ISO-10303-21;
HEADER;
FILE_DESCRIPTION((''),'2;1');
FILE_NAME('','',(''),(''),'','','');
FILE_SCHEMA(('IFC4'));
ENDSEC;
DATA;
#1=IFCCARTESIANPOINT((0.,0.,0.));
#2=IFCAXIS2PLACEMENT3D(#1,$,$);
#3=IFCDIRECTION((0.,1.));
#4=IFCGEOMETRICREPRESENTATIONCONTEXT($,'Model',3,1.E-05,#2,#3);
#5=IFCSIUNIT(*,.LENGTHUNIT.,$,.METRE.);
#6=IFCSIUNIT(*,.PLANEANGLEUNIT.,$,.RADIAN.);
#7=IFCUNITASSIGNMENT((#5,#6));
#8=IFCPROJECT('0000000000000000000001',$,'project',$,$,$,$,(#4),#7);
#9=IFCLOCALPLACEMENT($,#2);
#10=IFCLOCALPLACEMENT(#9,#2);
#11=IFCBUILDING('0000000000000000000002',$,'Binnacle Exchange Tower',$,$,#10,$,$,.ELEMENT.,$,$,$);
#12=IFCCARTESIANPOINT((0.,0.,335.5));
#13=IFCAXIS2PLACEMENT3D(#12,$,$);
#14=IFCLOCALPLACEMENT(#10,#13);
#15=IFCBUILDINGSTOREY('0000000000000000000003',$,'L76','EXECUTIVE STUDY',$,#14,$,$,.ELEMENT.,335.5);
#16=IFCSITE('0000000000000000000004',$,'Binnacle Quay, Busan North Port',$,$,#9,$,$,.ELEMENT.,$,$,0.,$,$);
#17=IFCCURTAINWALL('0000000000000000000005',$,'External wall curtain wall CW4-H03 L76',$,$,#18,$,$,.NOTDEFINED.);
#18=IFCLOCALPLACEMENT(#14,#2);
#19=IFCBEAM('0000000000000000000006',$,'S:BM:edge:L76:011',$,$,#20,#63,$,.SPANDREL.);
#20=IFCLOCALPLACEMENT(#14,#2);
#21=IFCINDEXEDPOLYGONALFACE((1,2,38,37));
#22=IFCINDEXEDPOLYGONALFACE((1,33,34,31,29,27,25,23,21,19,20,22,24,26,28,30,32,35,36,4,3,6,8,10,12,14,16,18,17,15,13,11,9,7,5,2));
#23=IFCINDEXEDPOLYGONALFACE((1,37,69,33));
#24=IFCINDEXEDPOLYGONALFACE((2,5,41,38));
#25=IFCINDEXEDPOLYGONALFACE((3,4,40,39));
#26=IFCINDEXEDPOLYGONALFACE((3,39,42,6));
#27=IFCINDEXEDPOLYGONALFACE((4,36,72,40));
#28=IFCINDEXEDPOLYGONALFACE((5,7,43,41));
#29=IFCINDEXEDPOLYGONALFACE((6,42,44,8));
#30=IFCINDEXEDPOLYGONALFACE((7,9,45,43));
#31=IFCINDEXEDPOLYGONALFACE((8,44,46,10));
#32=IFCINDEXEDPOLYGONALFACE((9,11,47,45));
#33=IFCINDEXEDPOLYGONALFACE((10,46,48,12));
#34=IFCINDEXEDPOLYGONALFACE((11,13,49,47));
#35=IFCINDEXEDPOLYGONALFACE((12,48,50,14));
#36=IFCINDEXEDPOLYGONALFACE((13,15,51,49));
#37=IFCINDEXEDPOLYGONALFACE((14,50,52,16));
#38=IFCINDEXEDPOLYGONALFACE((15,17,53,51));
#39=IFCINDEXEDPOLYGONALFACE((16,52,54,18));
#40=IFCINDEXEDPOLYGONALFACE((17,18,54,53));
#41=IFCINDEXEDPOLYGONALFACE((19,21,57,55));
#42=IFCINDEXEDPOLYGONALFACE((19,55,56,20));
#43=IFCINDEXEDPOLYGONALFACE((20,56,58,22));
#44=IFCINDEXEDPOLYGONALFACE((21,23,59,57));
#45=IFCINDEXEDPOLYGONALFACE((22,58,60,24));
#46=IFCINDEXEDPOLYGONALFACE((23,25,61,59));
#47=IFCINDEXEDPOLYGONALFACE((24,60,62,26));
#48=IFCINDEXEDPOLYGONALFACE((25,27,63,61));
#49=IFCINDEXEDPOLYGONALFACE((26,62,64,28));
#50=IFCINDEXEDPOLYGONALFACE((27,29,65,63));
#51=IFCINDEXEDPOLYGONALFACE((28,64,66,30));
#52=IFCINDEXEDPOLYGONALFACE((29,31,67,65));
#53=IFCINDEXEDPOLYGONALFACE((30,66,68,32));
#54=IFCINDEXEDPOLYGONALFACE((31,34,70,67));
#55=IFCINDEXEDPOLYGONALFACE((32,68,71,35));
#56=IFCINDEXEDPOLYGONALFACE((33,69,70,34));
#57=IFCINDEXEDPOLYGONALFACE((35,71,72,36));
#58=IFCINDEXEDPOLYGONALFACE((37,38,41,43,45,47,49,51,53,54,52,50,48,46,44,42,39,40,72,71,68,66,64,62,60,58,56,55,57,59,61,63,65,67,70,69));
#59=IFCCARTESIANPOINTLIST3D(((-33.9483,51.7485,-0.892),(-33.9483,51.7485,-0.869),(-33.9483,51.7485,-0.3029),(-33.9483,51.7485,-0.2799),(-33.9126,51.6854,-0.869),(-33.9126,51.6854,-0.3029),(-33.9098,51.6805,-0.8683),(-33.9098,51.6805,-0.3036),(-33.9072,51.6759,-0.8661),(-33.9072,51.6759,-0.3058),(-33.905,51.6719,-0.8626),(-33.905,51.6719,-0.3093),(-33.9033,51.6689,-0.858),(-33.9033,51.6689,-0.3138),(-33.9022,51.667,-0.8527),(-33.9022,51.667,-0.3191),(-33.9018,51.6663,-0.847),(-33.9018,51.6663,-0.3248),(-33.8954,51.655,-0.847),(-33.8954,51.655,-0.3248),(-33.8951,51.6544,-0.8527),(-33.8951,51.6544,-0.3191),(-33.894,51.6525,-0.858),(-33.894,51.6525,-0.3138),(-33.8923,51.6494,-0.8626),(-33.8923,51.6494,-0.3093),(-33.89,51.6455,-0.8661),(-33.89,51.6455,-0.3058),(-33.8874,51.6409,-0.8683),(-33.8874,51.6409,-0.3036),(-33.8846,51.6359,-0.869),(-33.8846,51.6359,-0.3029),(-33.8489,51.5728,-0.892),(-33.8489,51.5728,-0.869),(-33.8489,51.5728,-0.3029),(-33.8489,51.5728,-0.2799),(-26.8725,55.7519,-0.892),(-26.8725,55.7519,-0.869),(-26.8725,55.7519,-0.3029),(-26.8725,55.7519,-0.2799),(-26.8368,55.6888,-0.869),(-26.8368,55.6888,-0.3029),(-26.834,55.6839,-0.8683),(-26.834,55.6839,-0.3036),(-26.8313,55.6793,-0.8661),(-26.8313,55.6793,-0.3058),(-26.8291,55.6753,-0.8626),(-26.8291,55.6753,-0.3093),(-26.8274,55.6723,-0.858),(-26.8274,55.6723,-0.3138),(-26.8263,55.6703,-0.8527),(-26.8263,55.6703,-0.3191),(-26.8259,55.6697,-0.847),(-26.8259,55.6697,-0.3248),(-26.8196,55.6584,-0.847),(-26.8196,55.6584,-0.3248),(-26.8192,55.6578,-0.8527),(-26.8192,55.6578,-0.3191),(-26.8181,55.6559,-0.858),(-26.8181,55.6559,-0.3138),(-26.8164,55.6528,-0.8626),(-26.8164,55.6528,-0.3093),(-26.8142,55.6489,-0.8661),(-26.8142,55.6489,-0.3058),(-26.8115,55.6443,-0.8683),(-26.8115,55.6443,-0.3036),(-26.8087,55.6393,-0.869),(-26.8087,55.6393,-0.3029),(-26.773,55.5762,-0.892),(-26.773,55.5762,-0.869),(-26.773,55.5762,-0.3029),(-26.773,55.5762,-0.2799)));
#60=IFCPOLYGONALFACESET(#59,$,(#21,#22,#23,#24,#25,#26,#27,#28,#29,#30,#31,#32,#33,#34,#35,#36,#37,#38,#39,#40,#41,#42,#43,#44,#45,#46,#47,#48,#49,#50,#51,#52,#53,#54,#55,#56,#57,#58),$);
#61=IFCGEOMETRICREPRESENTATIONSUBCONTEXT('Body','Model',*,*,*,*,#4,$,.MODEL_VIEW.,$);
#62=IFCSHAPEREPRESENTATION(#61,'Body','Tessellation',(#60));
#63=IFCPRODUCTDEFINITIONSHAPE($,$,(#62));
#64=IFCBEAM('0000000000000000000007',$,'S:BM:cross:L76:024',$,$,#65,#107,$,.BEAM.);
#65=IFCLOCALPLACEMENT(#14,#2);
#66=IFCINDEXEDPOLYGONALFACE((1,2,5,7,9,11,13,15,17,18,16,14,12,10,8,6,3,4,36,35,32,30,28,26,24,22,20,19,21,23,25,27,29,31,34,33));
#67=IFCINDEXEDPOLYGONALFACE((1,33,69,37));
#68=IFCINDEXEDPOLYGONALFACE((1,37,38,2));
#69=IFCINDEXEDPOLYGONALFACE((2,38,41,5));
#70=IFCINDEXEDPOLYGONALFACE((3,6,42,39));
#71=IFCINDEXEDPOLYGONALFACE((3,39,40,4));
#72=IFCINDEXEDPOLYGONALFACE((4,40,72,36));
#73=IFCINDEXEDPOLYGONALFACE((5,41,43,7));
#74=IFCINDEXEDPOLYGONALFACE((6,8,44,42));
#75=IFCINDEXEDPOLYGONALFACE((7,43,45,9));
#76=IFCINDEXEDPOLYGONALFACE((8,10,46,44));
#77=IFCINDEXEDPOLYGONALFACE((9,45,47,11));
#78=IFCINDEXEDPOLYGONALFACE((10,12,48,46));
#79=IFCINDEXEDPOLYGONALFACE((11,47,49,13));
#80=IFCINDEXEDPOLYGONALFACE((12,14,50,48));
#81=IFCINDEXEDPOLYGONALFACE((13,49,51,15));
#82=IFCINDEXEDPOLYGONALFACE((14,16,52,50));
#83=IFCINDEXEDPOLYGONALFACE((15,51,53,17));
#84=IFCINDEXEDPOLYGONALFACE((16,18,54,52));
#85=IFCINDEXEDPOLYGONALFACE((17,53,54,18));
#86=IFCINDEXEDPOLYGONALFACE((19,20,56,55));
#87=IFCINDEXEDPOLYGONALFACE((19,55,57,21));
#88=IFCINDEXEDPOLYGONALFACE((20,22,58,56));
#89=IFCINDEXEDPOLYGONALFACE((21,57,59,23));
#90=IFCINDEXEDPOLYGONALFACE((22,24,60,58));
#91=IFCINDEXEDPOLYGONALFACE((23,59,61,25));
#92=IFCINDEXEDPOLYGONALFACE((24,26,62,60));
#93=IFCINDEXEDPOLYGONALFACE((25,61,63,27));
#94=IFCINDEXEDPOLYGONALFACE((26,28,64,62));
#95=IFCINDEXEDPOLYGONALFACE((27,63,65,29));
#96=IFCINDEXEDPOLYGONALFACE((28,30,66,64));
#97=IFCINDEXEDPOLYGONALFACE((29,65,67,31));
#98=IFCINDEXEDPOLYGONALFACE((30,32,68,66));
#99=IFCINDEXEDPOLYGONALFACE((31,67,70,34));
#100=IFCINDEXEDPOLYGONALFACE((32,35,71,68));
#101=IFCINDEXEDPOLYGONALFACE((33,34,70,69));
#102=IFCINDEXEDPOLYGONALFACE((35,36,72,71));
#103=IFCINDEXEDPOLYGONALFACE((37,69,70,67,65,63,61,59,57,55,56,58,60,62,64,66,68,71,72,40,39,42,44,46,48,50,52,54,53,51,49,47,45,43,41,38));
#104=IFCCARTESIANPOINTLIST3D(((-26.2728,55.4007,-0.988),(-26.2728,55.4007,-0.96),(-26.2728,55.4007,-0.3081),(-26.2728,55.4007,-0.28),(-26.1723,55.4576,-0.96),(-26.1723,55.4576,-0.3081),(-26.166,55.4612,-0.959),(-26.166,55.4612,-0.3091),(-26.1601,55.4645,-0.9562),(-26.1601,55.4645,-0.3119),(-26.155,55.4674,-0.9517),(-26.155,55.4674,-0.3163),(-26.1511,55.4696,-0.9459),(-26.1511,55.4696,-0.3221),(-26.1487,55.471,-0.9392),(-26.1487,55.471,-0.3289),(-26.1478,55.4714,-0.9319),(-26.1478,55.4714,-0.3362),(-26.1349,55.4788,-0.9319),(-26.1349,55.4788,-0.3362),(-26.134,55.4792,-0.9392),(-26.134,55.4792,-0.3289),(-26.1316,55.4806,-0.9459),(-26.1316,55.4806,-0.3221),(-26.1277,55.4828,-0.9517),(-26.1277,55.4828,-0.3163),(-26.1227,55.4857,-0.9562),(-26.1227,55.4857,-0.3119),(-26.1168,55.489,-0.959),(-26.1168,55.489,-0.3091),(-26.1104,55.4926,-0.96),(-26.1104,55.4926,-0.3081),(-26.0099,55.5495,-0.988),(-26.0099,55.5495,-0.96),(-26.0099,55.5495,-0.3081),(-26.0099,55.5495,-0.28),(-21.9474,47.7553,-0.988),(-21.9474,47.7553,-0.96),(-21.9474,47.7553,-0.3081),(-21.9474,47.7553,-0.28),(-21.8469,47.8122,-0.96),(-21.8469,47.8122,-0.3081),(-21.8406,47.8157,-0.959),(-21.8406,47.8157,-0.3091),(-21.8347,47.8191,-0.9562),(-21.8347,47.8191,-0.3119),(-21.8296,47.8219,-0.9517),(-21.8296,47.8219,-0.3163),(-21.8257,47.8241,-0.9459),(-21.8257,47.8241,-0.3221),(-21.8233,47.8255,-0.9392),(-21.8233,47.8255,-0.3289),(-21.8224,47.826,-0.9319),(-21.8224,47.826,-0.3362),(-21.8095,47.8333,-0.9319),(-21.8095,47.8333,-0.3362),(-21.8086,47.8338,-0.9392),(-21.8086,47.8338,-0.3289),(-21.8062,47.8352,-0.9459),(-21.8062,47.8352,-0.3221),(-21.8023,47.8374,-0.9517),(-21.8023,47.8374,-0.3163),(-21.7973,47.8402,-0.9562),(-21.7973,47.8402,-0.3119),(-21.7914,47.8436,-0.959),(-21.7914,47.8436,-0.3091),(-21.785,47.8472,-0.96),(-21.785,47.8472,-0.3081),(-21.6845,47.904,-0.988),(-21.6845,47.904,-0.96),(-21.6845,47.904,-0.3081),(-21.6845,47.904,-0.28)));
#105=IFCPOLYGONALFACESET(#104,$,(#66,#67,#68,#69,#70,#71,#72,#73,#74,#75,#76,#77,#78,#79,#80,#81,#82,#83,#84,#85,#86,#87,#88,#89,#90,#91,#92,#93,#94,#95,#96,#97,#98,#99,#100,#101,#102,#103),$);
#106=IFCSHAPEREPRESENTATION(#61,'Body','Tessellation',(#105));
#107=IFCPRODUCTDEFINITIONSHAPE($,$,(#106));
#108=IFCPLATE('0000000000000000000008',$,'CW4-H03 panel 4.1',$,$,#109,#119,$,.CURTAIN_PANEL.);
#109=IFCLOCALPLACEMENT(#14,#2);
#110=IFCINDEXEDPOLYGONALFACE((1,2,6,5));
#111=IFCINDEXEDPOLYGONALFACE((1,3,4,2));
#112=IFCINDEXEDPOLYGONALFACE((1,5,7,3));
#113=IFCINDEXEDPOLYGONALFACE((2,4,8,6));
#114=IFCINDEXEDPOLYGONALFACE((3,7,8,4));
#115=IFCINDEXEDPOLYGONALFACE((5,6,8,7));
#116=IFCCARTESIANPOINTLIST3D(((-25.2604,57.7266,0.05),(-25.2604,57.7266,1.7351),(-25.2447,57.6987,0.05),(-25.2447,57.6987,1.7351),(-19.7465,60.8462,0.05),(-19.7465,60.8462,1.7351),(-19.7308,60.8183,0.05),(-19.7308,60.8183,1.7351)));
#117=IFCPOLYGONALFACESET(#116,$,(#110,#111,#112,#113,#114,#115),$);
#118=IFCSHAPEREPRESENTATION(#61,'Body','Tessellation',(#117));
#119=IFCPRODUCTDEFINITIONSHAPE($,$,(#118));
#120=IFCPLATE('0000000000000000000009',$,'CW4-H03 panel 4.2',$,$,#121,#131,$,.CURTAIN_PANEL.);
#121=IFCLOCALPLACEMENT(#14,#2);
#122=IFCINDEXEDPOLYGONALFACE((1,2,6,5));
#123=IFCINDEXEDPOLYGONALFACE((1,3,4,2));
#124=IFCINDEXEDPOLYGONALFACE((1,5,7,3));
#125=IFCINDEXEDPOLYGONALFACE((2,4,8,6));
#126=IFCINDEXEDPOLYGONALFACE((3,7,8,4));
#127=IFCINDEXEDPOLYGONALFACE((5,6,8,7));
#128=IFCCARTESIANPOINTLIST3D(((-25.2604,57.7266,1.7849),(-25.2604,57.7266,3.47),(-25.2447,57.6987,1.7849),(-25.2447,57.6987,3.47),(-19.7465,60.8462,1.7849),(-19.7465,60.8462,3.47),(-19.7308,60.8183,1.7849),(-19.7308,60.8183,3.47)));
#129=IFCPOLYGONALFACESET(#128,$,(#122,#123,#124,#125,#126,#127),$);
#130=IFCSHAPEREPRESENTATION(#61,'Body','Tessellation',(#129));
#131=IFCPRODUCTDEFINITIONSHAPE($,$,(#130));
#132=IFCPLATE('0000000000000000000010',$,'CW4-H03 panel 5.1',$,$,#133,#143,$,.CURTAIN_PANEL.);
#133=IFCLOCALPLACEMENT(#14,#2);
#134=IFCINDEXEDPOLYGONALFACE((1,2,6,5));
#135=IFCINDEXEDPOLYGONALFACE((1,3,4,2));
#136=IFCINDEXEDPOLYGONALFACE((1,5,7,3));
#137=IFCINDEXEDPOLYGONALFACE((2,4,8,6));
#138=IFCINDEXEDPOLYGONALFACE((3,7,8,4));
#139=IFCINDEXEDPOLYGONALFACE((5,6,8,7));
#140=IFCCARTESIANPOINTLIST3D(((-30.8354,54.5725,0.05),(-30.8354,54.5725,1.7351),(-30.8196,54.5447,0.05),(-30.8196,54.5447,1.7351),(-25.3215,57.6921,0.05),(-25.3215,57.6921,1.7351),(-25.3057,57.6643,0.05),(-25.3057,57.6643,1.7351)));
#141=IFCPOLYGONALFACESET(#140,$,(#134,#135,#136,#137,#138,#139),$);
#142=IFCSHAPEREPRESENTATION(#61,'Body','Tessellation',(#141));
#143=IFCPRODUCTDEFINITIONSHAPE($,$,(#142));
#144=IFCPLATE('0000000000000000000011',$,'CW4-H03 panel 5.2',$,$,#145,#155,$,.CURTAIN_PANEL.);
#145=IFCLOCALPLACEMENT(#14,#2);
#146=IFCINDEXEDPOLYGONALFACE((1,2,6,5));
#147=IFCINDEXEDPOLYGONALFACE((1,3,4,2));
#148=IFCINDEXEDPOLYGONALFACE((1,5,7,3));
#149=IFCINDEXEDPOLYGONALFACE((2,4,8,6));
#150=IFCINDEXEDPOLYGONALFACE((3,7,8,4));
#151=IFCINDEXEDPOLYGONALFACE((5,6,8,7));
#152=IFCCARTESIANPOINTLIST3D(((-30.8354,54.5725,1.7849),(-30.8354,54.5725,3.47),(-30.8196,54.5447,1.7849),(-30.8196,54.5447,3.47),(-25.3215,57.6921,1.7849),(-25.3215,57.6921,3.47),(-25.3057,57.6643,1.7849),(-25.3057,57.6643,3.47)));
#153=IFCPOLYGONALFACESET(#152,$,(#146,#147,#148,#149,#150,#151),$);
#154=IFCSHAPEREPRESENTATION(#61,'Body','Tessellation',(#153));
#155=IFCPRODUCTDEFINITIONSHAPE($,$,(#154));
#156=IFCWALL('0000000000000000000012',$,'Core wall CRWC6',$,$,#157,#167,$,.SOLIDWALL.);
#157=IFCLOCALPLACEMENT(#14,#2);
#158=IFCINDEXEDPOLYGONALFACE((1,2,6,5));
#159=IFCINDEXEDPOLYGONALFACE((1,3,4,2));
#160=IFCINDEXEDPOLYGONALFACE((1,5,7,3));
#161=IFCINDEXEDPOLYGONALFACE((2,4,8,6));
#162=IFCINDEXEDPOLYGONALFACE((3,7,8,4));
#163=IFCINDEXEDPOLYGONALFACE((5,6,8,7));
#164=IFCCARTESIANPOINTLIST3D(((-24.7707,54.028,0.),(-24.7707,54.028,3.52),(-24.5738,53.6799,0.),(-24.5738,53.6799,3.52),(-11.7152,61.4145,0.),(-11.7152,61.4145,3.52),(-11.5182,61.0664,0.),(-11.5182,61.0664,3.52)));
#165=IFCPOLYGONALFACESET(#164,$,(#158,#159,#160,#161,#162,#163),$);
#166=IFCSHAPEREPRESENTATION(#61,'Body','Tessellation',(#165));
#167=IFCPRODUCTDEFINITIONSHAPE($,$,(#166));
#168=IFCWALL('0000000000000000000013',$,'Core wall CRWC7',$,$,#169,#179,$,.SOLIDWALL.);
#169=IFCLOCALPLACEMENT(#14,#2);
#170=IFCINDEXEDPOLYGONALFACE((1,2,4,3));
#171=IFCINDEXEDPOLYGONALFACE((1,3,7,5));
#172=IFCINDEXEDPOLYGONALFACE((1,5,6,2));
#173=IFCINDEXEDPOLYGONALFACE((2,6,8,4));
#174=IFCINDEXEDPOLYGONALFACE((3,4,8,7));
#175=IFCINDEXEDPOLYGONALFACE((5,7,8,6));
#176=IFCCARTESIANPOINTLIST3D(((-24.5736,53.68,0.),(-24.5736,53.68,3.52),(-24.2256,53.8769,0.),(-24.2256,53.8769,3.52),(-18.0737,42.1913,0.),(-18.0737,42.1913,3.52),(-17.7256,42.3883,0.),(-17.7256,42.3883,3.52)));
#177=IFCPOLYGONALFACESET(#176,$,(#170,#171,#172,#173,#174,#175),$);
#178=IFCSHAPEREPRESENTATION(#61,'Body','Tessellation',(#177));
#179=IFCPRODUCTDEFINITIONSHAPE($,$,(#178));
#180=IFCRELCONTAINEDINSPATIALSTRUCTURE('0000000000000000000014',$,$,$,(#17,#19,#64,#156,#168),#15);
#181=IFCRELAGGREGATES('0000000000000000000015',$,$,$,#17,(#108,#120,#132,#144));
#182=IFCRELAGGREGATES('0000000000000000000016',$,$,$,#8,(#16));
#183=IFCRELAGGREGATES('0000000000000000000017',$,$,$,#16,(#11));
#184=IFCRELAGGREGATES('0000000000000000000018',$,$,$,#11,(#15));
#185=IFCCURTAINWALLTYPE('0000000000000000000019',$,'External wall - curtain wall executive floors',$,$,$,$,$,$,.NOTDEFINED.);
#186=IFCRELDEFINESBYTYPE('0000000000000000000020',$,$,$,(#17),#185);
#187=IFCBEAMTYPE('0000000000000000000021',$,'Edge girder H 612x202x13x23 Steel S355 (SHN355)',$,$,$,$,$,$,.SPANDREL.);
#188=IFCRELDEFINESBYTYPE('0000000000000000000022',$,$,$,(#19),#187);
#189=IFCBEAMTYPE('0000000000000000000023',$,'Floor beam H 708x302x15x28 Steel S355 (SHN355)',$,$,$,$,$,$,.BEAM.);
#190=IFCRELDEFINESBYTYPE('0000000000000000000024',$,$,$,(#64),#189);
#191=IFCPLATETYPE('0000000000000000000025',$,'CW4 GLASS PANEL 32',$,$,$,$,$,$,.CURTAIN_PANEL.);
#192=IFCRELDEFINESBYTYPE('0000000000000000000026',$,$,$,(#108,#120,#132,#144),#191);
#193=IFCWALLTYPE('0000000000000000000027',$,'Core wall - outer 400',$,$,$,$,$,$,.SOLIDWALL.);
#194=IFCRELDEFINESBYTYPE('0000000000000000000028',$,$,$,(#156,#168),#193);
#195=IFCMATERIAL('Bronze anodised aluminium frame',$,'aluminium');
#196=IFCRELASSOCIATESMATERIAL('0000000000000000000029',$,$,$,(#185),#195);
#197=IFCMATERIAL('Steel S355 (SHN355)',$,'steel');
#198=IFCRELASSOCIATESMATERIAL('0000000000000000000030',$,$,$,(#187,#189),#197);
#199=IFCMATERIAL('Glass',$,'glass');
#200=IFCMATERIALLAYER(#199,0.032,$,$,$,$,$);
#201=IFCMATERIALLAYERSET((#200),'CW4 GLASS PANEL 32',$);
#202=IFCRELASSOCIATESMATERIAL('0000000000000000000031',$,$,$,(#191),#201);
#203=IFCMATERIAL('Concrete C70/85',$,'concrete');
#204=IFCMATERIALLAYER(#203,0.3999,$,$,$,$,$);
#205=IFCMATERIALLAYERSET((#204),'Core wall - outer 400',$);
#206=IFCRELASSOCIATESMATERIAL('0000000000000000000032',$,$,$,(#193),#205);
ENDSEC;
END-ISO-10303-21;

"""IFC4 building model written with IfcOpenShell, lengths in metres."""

from ifc_helpers import new_model, si_unit, direction, frame, frame_2d, origin, origin_2d, place, context, subcontext, project, spatial, rectangle, i_section, extrude, material, layer, layer_set, material_profile, profile_set, type_object, element, aggregate, save


model = new_model("IFC4")

# Units and contexts
model_context = context("Model", 3, precision=1e-05, world=origin(), true_north=direction((0.0, 1.0)))
body_context = subcontext(model_context, "Body", "Model", "MODEL_VIEW")
ifc_project = project(units=[si_unit("LENGTHUNIT", "METRE"), si_unit("PLANEANGLEUNIT", "RADIAN")], contexts=[model_context])

# Site, building, storey
site_placement = place(None, origin())
site = spatial("IfcSite", under=ifc_project, at=site_placement, Name="Binnacle Quay, Busan North Port", CompositionType="ELEMENT", RefElevation=0.0)
building_placement = place(site_placement, origin())
building = spatial("IfcBuilding", under=site, at=building_placement, Name="Binnacle Exchange Tower", CompositionType="ELEMENT")
storey_placement = place(building_placement, frame((0.0, 0.0, 335.5)))
storey = spatial("IfcBuildingStorey", under=building, at=storey_placement, Name="L76", Description="EXECUTIVE STUDY", CompositionType="ELEMENT", Elevation=335.5)

# Curtain wall
ifc_material_1 = material(Name="Bronze anodised aluminium frame", Category="aluminium")
curtain_wall_type = type_object("IfcCurtainWallType", Name="External wall - curtain wall executive floors", PredefinedType="NOTDEFINED", material=ifc_material_1)
curtain_wall_placement = place(storey_placement, origin())
curtain_wall = element("IfcCurtainWall", 1, at=curtain_wall_placement, inside=storey, type_object=curtain_wall_type, Name="External wall curtain wall CW4-H03 L76", PredefinedType="NOTDEFINED")

# Beams
ifc_material_2 = material(Name="Steel S355 (SHN355)", Category="steel")
ifc_material_profile_1 = material_profile(ifc_material_2, i_section(OverallWidth=0.2019, OverallDepth=0.6121, WebThickness=0.0129, FlangeThickness=0.0229, FilletRadius=0.022, at=origin_2d()), Name="H 612x202x13x23")
ifc_profile_set_1 = profile_set([ifc_material_profile_1], Name="Steel S355 (SHN355)")
beam_type_1 = type_object("IfcBeamType", Name="Edge girder H 612x202x13x23 Steel S355 (SHN355)", PredefinedType="SPANDREL", material=ifc_profile_set_1)
beam_1_placement = place(storey_placement, frame((-26.8228, 55.6641, -0.5859), z_axis=(-0.870353, -0.492428, 0.0), x_axis=(0.492428, -0.870353, 0.0)))
element("IfcBeam", 2, at=beam_1_placement, inside=storey, type_object=beam_type_1, Name="S:BM:edge:L76:011", PredefinedType="SPANDREL", context=body_context, shape_type="SweptSolid", body=[
    extrude(i_section(OverallWidth=0.2019, OverallDepth=0.6121, WebThickness=0.0129, FlangeThickness=0.0229, FilletRadius=0.022, at=origin_2d()), origin(), (0.0, 0.0, 1.0), 8.1299),
])
ifc_material_profile_2 = material_profile(ifc_material_2, i_section(OverallWidth=0.302, OverallDepth=0.708, WebThickness=0.0149, FlangeThickness=0.0281, FilletRadius=0.0281, at=origin_2d()), Name="H 708x302x15x28")
ifc_profile_set_2 = profile_set([ifc_material_profile_2], Name="Steel S355 (SHN355)")
beam_type_2 = type_object("IfcBeamType", Name="Floor beam H 708x302x15x28 Steel S355 (SHN355)", PredefinedType="BEAM", material=ifc_profile_set_2)
beam_2_placement = place(storey_placement, frame((-26.1414, 55.4751, -0.634), z_axis=(0.492408, -0.870365, 0.0), x_axis=(0.870365, 0.492408, 0.0)))
element("IfcBeam", 3, at=beam_2_placement, inside=storey, type_object=beam_type_2, Name="S:BM:cross:L76:024", PredefinedType="BEAM", context=body_context, shape_type="SweptSolid", body=[
    extrude(i_section(OverallWidth=0.302, OverallDepth=0.708, WebThickness=0.0149, FlangeThickness=0.0281, FilletRadius=0.0281, at=origin_2d()), origin(), (0.0, 0.0, 1.0), 8.7842),
])

# Plates
ifc_material_3 = material(Name="Glass", Category="glass")
ifc_layer_1 = layer(ifc_material_3, 0.032)
ifc_layer_set_1 = layer_set([ifc_layer_1], Name="CW4 GLASS PANEL 32")
plate_type = type_object("IfcPlateType", Name="CW4 GLASS PANEL 32", PredefinedType="CURTAIN_PANEL", material=ifc_layer_set_1)
plate_1_placement = place(storey_placement, frame((-22.4956, 59.2725, 0.05), z_axis=(0.0, 0.0, 1.0), x_axis=(-0.870356, -0.492424, 0.0)))
plate_1 = element("IfcPlate", 4, at=plate_1_placement, type_object=plate_type, Name="CW4-H03 panel 4.1", PredefinedType="CURTAIN_PANEL", context=body_context, shape_type="SweptSolid", body=[
    extrude(rectangle(XDim=6.3352, YDim=0.032, at=origin_2d()), origin(), (0.0, 0.0, 1.0), 1.6851),
])
plate_2_placement = place(storey_placement, frame((-22.4956, 59.2725, 1.7849), z_axis=(0.0, 0.0, 1.0), x_axis=(-0.870356, -0.492424, 0.0)))
plate_2 = element("IfcPlate", 5, at=plate_2_placement, type_object=plate_type, Name="CW4-H03 panel 4.2", PredefinedType="CURTAIN_PANEL", context=body_context, shape_type="SweptSolid", body=[
    extrude(rectangle(XDim=6.3352, YDim=0.032, at=origin_2d()), origin(), (0.0, 0.0, 1.0), 1.6851),
])
plate_3_placement = place(storey_placement, frame((-28.0706, 56.1184, 0.05), z_axis=(0.0, 0.0, 1.0), x_axis=(-0.870356, -0.492424, 0.0)))
plate_3 = element("IfcPlate", 6, at=plate_3_placement, type_object=plate_type, Name="CW4-H03 panel 5.1", PredefinedType="CURTAIN_PANEL", context=body_context, shape_type="SweptSolid", body=[
    extrude(rectangle(XDim=6.3352, YDim=0.032, at=origin_2d()), origin(), (0.0, 0.0, 1.0), 1.6851),
])
plate_4_placement = place(storey_placement, frame((-28.0706, 56.1184, 1.7849), z_axis=(0.0, 0.0, 1.0), x_axis=(-0.870356, -0.492424, 0.0)))
plate_4 = element("IfcPlate", 7, at=plate_4_placement, type_object=plate_type, Name="CW4-H03 panel 5.2", PredefinedType="CURTAIN_PANEL", context=body_context, shape_type="SweptSolid", body=[
    extrude(rectangle(XDim=6.3352, YDim=0.032, at=origin_2d()), origin(), (0.0, 0.0, 1.0), 1.6851),
])
aggregate(curtain_wall, [plate_1, plate_2, plate_3, plate_4])

# Walls
ifc_material_4 = material(Name="Concrete C70/85", Category="concrete")
ifc_layer_2 = layer(ifc_material_4, 0.3999)
ifc_layer_set_2 = layer_set([ifc_layer_2], Name="Core wall - outer 400")
wall_type_1 = type_object("IfcWallType", Name="Core wall - outer 400", PredefinedType="SOLIDWALL", material=ifc_layer_set_2)
wall_1_placement = place(storey_placement, frame((-24.6721, 53.854, 0.0), z_axis=(0.0, 0.0, 1.0), x_axis=(0.870354, 0.492427, 0.0)))
element("IfcWall", 8, at=wall_1_placement, inside=storey, type_object=wall_type_1, Name="Core wall CRWC6", PredefinedType="SOLIDWALL", context=body_context, shape_type="SweptSolid", body=[
    extrude(rectangle(XDim=15.0002, YDim=0.3999, at=frame_2d((7.5, 0.0))), origin(), (0.0, 0.0, 1.0), 3.52),
])
wall_2_placement = place(storey_placement, frame((-24.3997, 53.7786, 0.0), z_axis=(0.0, 0.0, 1.0), x_axis=(0.492422, -0.870357, 0.0)))
element("IfcWall", 9, at=wall_2_placement, inside=storey, type_object=wall_type_1, Name="Core wall CRWC7", PredefinedType="SOLIDWALL", context=body_context, shape_type="SweptSolid", body=[
    extrude(rectangle(XDim=13.2, YDim=0.3999, at=frame_2d((6.6001, 0.0))), origin(), (0.0, 0.0, 1.0), 3.52),
])

save(model, "model.ifc")
